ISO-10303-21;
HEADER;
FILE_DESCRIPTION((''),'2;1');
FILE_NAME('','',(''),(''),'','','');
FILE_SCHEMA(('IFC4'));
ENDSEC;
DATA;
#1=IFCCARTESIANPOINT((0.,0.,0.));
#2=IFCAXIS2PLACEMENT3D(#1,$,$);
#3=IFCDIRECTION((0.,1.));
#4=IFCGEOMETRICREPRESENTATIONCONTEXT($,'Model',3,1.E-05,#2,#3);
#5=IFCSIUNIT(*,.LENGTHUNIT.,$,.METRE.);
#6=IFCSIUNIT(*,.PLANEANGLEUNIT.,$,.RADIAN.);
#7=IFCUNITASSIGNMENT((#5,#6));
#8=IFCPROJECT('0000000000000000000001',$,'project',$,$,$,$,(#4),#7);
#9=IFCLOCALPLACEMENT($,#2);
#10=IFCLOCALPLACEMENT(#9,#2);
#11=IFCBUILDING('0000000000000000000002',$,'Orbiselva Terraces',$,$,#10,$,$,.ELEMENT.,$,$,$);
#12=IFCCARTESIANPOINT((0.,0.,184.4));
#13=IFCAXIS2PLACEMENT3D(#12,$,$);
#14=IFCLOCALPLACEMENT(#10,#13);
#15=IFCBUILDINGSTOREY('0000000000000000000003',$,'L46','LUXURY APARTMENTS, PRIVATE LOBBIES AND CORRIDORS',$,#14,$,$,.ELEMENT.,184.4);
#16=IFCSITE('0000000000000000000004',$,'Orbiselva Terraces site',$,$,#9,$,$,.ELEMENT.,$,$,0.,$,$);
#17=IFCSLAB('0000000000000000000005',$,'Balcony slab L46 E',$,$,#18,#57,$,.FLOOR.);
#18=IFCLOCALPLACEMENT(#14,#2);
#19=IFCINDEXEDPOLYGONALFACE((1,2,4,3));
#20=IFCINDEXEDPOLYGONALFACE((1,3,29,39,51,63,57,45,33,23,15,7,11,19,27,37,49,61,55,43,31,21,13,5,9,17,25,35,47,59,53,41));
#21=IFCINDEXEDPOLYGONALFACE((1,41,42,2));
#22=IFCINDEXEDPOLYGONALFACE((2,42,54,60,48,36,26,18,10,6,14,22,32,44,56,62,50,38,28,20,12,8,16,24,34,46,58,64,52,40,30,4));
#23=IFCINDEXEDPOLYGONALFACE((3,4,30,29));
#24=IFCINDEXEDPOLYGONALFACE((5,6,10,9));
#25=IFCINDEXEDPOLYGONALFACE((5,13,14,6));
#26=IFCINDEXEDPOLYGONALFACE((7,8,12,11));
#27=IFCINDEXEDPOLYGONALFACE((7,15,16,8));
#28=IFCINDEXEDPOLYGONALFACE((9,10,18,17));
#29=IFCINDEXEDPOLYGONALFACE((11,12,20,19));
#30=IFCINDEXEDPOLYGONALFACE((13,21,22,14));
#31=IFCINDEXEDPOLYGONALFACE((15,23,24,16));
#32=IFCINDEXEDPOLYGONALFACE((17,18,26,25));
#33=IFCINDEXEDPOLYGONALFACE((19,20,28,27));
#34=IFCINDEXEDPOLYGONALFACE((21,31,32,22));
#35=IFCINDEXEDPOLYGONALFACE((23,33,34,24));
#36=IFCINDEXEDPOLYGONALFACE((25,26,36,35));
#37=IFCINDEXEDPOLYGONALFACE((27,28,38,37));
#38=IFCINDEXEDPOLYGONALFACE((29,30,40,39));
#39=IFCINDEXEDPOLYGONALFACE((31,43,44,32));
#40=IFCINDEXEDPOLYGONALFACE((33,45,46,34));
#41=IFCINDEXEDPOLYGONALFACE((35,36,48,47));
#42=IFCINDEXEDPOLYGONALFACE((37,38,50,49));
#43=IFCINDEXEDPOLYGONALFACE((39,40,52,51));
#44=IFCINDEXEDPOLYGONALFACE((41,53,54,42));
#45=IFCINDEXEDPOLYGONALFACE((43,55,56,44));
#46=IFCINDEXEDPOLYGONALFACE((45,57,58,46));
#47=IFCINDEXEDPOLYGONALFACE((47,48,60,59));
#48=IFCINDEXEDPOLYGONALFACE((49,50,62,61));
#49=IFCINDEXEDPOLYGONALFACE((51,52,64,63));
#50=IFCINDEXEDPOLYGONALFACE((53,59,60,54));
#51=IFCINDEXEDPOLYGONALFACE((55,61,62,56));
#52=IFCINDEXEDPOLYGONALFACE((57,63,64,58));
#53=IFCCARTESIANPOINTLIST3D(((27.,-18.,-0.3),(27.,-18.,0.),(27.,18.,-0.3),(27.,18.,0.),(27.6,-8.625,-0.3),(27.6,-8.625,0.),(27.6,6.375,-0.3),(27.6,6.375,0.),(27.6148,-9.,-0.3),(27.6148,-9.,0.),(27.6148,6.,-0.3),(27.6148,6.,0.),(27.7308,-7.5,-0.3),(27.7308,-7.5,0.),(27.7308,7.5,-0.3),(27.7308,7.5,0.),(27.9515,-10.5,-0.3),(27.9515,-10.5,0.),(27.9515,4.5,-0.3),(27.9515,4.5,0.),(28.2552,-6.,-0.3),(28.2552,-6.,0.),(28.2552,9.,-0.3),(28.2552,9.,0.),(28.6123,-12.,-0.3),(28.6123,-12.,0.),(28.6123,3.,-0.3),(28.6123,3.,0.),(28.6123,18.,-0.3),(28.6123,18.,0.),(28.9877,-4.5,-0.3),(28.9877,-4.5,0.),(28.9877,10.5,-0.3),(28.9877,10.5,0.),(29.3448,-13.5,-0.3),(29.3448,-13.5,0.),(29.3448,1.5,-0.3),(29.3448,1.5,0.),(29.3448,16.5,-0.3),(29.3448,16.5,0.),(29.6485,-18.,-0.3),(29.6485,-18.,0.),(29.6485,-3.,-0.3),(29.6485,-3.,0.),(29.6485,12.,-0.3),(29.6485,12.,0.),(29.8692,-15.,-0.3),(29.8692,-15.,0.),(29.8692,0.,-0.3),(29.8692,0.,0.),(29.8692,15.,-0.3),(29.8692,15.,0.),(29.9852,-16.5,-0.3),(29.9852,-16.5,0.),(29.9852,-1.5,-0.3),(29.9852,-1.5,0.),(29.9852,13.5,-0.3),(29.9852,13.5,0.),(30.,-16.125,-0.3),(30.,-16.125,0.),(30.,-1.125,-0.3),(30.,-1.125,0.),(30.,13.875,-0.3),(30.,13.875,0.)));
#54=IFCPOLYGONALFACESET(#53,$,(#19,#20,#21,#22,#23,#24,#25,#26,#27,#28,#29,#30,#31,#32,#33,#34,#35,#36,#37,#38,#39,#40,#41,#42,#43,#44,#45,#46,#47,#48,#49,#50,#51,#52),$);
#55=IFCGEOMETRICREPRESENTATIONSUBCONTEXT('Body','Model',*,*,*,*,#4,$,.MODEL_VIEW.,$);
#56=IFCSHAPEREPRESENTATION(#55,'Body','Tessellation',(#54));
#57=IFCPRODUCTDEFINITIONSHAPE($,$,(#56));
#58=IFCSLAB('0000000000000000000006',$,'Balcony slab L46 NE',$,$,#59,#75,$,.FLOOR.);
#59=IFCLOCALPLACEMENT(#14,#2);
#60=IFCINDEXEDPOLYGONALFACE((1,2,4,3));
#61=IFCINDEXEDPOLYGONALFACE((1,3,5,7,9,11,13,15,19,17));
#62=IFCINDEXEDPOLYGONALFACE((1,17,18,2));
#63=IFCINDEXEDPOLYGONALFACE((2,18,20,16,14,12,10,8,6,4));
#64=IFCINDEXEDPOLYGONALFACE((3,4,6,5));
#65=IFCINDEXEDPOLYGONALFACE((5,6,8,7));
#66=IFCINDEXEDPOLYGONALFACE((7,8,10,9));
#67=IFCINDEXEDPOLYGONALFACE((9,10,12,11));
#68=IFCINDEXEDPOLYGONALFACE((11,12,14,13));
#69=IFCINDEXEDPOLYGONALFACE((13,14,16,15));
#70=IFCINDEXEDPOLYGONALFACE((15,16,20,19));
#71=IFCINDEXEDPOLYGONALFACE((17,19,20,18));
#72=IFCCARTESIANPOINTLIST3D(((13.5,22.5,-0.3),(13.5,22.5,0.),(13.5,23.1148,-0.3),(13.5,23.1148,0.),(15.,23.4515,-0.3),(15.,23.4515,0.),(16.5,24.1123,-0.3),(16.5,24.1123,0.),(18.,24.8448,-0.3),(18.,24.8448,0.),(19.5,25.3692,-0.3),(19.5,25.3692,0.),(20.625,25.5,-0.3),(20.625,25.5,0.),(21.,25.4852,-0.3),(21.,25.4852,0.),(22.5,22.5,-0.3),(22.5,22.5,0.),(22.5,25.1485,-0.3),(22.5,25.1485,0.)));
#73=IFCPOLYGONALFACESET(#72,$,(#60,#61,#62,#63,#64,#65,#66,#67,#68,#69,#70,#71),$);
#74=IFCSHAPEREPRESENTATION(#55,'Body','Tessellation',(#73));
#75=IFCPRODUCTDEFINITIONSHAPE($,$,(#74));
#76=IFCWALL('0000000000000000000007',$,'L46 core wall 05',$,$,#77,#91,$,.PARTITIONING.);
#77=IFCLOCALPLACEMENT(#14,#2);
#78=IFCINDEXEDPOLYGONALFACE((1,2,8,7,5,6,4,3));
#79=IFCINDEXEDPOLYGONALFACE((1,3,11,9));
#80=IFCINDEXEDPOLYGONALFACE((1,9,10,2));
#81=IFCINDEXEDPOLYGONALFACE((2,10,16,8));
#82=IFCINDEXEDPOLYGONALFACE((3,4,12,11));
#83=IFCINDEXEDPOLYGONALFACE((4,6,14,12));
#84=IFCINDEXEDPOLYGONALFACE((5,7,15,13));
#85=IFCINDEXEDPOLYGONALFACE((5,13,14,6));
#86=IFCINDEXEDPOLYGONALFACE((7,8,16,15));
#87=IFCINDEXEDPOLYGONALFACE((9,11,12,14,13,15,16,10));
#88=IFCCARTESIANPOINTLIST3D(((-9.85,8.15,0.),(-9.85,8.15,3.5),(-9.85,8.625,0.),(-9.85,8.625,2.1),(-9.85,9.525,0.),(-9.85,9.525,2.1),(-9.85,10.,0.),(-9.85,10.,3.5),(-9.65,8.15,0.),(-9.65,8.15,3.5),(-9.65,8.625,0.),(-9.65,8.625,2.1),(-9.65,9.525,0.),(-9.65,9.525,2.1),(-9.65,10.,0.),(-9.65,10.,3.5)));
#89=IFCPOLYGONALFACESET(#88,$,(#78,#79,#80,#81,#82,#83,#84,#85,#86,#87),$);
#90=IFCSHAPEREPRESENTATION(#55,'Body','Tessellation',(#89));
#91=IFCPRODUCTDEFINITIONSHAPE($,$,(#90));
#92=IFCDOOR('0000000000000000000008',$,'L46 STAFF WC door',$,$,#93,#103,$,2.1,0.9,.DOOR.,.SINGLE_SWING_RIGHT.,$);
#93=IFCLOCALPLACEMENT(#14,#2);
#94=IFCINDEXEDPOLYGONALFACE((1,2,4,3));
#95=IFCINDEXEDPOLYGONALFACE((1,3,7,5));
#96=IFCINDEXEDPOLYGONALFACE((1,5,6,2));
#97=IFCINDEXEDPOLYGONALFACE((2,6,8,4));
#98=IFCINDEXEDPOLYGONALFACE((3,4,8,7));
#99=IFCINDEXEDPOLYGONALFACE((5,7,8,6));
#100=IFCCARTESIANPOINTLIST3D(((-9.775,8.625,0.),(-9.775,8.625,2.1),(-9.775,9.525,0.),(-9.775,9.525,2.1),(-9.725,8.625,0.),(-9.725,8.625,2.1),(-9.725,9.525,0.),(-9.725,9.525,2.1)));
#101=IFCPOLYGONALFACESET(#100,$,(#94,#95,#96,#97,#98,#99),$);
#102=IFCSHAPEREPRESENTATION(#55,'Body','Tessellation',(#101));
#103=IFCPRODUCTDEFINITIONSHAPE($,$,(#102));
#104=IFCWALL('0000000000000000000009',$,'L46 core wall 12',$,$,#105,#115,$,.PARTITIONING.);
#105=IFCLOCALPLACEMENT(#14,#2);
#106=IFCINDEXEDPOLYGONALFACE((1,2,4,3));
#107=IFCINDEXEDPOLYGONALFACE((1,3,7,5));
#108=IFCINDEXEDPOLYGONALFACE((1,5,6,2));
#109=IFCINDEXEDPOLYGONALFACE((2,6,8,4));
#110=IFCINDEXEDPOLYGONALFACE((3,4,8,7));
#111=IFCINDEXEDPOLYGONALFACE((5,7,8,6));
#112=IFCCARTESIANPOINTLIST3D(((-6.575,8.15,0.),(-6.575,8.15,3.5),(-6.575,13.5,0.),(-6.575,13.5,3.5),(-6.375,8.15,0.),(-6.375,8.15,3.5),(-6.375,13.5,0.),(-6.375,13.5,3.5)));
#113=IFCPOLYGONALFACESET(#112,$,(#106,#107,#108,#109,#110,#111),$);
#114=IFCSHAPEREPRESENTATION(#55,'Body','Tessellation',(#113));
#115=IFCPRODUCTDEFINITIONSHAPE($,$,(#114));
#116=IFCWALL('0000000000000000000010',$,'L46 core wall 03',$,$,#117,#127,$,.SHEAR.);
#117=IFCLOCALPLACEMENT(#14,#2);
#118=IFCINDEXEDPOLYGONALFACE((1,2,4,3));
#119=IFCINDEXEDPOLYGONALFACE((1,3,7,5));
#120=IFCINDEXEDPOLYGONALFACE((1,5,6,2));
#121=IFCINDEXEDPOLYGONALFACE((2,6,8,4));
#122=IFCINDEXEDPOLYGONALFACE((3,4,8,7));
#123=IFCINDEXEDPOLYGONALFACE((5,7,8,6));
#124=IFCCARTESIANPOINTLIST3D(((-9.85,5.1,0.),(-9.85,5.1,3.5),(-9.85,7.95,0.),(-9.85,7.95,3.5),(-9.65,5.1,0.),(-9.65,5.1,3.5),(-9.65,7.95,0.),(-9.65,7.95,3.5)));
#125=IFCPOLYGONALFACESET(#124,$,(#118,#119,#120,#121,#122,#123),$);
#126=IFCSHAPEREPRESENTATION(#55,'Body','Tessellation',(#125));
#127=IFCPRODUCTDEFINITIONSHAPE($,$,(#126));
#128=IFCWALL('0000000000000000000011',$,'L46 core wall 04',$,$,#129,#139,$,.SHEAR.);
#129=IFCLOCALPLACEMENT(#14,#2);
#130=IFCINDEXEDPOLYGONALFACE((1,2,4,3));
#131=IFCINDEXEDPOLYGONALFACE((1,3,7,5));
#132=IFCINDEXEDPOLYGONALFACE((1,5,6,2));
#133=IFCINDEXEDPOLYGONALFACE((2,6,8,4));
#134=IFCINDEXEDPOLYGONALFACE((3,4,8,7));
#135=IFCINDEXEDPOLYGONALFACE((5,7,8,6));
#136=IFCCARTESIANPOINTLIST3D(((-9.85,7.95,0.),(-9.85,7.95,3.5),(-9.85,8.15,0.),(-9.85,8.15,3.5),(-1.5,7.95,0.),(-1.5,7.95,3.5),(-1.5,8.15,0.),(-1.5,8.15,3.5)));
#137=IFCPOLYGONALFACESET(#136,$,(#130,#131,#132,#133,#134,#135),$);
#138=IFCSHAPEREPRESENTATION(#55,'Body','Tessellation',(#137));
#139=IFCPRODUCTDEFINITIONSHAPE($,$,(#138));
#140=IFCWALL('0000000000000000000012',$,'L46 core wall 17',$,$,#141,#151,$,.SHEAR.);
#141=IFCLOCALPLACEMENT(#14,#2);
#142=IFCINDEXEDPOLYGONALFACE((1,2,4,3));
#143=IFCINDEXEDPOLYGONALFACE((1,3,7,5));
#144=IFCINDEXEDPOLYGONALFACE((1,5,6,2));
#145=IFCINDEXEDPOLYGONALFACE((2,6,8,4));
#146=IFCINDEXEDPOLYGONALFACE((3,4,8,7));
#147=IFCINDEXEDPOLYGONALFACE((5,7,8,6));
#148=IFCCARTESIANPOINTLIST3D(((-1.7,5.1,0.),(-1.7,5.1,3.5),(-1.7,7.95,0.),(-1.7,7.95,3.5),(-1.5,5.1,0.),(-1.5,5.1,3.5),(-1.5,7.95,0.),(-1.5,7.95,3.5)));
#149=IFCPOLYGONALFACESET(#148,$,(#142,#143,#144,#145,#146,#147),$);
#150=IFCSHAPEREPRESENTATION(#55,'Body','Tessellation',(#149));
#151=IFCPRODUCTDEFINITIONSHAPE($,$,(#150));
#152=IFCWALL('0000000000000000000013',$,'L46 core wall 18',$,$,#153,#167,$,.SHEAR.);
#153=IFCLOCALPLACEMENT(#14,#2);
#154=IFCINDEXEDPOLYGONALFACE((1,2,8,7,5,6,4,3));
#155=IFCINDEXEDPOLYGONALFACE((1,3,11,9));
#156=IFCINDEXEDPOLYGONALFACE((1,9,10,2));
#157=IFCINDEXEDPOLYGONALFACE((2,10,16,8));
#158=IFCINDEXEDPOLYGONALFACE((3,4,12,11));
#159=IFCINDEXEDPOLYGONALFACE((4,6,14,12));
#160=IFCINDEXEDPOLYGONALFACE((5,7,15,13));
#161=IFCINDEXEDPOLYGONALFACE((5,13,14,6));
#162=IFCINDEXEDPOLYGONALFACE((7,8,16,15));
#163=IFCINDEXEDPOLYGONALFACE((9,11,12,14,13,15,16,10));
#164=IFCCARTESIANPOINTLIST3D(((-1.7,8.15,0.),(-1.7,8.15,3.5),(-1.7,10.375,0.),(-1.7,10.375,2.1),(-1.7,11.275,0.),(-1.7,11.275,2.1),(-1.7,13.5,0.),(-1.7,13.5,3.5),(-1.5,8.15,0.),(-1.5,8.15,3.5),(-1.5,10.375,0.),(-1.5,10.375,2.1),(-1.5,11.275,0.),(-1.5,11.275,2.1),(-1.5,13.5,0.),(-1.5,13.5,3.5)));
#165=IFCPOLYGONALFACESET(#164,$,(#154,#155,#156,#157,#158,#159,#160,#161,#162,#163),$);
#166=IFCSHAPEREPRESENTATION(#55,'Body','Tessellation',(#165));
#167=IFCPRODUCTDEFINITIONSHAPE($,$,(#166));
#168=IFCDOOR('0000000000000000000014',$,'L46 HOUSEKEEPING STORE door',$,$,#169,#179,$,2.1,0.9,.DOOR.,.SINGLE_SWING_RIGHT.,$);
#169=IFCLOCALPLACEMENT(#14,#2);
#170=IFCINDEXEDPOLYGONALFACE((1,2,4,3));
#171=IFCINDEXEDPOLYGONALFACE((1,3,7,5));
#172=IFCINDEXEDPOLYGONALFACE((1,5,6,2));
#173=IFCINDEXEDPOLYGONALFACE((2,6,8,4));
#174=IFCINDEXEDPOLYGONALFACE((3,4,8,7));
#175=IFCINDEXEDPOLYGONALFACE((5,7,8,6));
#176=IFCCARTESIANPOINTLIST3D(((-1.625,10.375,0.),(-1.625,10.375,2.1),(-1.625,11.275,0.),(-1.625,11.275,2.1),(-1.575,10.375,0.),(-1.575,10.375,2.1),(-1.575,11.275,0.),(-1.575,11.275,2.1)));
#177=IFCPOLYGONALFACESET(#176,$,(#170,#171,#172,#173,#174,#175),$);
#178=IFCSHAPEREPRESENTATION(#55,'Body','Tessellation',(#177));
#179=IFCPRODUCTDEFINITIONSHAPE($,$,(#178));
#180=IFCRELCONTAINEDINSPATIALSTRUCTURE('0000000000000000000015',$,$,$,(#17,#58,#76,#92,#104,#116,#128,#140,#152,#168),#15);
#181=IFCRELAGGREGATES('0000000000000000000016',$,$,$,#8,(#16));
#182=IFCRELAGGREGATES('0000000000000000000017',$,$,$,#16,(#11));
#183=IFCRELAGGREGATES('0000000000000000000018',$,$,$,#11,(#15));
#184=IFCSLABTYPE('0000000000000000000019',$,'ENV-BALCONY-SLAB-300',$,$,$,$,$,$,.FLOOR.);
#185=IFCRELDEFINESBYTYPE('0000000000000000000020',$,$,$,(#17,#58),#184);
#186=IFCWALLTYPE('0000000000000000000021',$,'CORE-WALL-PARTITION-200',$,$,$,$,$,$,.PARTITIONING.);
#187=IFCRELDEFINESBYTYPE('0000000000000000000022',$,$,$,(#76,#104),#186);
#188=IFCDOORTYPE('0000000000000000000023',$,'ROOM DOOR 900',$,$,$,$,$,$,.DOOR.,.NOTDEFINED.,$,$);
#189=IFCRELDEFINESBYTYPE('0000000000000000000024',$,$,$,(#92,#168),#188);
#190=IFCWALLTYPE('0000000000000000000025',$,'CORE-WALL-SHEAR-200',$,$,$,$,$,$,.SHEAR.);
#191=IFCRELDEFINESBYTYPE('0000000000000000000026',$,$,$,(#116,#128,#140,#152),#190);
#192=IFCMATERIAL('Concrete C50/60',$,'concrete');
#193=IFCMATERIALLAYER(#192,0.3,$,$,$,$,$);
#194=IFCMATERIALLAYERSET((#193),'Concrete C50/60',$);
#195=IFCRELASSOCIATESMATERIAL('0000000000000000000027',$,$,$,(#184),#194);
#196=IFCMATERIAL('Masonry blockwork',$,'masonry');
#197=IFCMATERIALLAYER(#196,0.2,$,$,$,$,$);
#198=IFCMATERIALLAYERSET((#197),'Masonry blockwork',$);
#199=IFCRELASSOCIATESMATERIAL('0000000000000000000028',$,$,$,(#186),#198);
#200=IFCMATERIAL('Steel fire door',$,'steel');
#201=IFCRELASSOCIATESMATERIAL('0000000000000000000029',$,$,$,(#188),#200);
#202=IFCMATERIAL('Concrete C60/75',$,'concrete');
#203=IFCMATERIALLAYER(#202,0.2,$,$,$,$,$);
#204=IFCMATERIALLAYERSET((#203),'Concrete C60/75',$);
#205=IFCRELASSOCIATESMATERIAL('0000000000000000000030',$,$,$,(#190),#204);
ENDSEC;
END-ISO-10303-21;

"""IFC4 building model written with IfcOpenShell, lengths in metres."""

from ifc_helpers import new_model, si_unit, direction, frame, frame_2d, origin, place, context, subcontext, project, spatial, polyline, rectangle, outline, extrude, material, layer, layer_set, type_object, element, fill, save


model = new_model("IFC4")

# Units and contexts
model_context = context("Model", 3, precision=1e-05, world=origin(), true_north=direction((0.0, 1.0)))
body_context = subcontext(model_context, "Body", "Model", "MODEL_VIEW")
ifc_project = project(units=[si_unit("LENGTHUNIT", "METRE"), si_unit("PLANEANGLEUNIT", "RADIAN")], contexts=[model_context])

# Site, building, storey
site_placement = place(None, origin())
site = spatial("IfcSite", under=ifc_project, at=site_placement, Name="Orbiselva Terraces site", CompositionType="ELEMENT", RefElevation=0.0)
building_placement = place(site_placement, origin())
building = spatial("IfcBuilding", under=site, at=building_placement, Name="Orbiselva Terraces", CompositionType="ELEMENT")
storey_placement = place(building_placement, frame((0.0, 0.0, 184.4)))
storey = spatial("IfcBuildingStorey", under=building, at=storey_placement, Name="L46", Description="LUXURY APARTMENTS, PRIVATE LOBBIES AND CORRIDORS", CompositionType="ELEMENT", Elevation=184.4)

# Slabs
ifc_material_1 = material(Name="Concrete C50/60", Category="concrete")
ifc_layer_1 = layer(ifc_material_1, 0.3)
ifc_layer_set_1 = layer_set([ifc_layer_1], Name="Concrete C50/60")
slab_type = type_object("IfcSlabType", Name="ENV-BALCONY-SLAB-300", PredefinedType="FLOOR", material=ifc_layer_set_1)
slab_1_placement = place(storey_placement, frame((0.0, 0.0, -0.3)))
element("IfcSlab", 1, at=slab_1_placement, inside=storey, type_object=slab_type, Name="Balcony slab L46 E", PredefinedType="FLOOR", context=body_context, shape_type="SweptSolid", body=[
    extrude(outline(polyline([(29.6485, -18.0), (29.9852, -16.5), (30.0, -16.125), (29.8692, -15.0), (29.3448, -13.5), (28.6123, -12.0), (27.9515, -10.5), (27.6148, -9.0), (27.6, -8.625), (27.7308, -7.5), (28.2552, -6.0), (28.9877, -4.5), (29.6485, -3.0), (29.9852, -1.5), (30.0, -1.125), (29.8692, 0.0), (29.3448, 1.5), (28.6123, 3.0), (27.9515, 4.5), (27.6148, 6.0), (27.6, 6.375), (27.7308, 7.5), (28.2552, 9.0), (28.9877, 10.5), (29.6485, 12.0), (29.9852, 13.5), (30.0, 13.875), (29.8692, 15.0), (29.3448, 16.5), (28.6123, 18.0), (27.0, 18.0), (27.0, -18.0), (29.6485, -18.0)])), origin(), (0.0, 0.0, 1.0), 0.3),
])
slab_2_placement = place(storey_placement, frame((0.0, 0.0, -0.3)))
element("IfcSlab", 2, at=slab_2_placement, inside=storey, type_object=slab_type, Name="Balcony slab L46 NE", PredefinedType="FLOOR", context=body_context, shape_type="SweptSolid", body=[
    extrude(outline(polyline([(22.5, 25.1485), (21.0, 25.4852), (20.625, 25.5), (19.5, 25.3692), (18.0, 24.8448), (16.5, 24.1123), (15.0, 23.4515), (13.5, 23.1148), (13.5, 22.5), (22.5, 22.5), (22.5, 25.1485)])), origin(), (0.0, 0.0, 1.0), 0.3),
])

# Wall, opening, door
ifc_material_2 = material(Name="Masonry blockwork", Category="masonry")
ifc_layer_2 = layer(ifc_material_2, 0.2)
ifc_layer_set_2 = layer_set([ifc_layer_2], Name="Masonry blockwork")
wall_type_1 = type_object("IfcWallType", Name="CORE-WALL-PARTITION-200", PredefinedType="PARTITIONING", material=ifc_layer_set_2)
wall_1_placement = place(storey_placement, frame((-9.75, 8.15, 0.0), z_axis=(0.0, 0.0, 1.0), x_axis=(0.0, 1.0, 0.0)))
wall_1 = element("IfcWall", 3, at=wall_1_placement, inside=storey, type_object=wall_type_1, Name="L46 core wall 05", PredefinedType="PARTITIONING", context=body_context, shape_type="SweptSolid", body=[
    extrude(rectangle(XDim=1.85, YDim=0.2, at=frame_2d((0.925, 0.0))), origin(), (0.0, 0.0, 1.0), 3.5),
])
opening_1_placement = place(wall_1_placement, frame((0.475, 0.0, 0.0)))
opening_1 = element("IfcOpeningElement", 4, at=opening_1_placement, cuts=wall_1, PredefinedType="OPENING", context=body_context, shape_type="SweptSolid", body=[
    extrude(rectangle(XDim=0.9, YDim=2.1, at=frame_2d((0.45, 1.05))), frame((0.0, 0.11, 0.0), z_axis=(0.0, -1.0, 0.0), x_axis=(1.0, 0.0, 0.0)), (0.0, 0.0, 1.0), 0.22),
])
ifc_material_3 = material(Name="Steel fire door", Category="steel")
door_type = type_object("IfcDoorType", Name="ROOM DOOR 900", OperationType="NOTDEFINED", PredefinedType="DOOR", material=ifc_material_3)
door_1_placement = place(opening_1_placement, origin())
door_1 = element("IfcDoor", 5, at=door_1_placement, inside=storey, type_object=door_type, Name="L46 STAFF WC door", OperationType="SINGLE_SWING_RIGHT", OverallHeight=2.1, OverallWidth=0.9, PredefinedType="DOOR", context=body_context, shape_type="SweptSolid", body=[
    extrude(rectangle(XDim=0.9, YDim=2.1, at=frame_2d((0.45, 1.05))), frame((0.0, 0.025, 0.0), z_axis=(0.0, -1.0, 0.0), x_axis=(1.0, 0.0, 0.0)), (0.0, 0.0, 1.0), 0.05),
])
fill(opening_1, door_1)

# Walls
wall_2_placement = place(storey_placement, frame((-6.475, 8.15, 0.0), z_axis=(0.0, 0.0, 1.0), x_axis=(0.0, 1.0, 0.0)))
element("IfcWall", 6, at=wall_2_placement, inside=storey, type_object=wall_type_1, Name="L46 core wall 12", PredefinedType="PARTITIONING", context=body_context, shape_type="SweptSolid", body=[
    extrude(rectangle(XDim=5.35, YDim=0.2, at=frame_2d((2.675, 0.0))), origin(), (0.0, 0.0, 1.0), 3.5),
])
ifc_material_4 = material(Name="Concrete C60/75", Category="concrete")
ifc_layer_3 = layer(ifc_material_4, 0.2)
ifc_layer_set_3 = layer_set([ifc_layer_3], Name="Concrete C60/75")
wall_type_2 = type_object("IfcWallType", Name="CORE-WALL-SHEAR-200", PredefinedType="SHEAR", material=ifc_layer_set_3)
wall_3_placement = place(storey_placement, frame((-9.75, 5.1, 0.0), z_axis=(0.0, 0.0, 1.0), x_axis=(0.0, 1.0, 0.0)))
element("IfcWall", 7, at=wall_3_placement, inside=storey, type_object=wall_type_2, Name="L46 core wall 03", PredefinedType="SHEAR", context=body_context, shape_type="SweptSolid", body=[
    extrude(rectangle(XDim=2.85, YDim=0.2, at=frame_2d((1.425, 0.0))), origin(), (0.0, 0.0, 1.0), 3.5),
])
wall_4_placement = place(storey_placement, frame((-9.85, 8.05, 0.0), z_axis=(0.0, 0.0, 1.0), x_axis=(1.0, 0.0, 0.0)))
element("IfcWall", 8, at=wall_4_placement, inside=storey, type_object=wall_type_2, Name="L46 core wall 04", PredefinedType="SHEAR", context=body_context, shape_type="SweptSolid", body=[
    extrude(rectangle(XDim=8.35, YDim=0.2, at=frame_2d((4.175, 0.0))), origin(), (0.0, 0.0, 1.0), 3.5),
])
wall_5_placement = place(storey_placement, frame((-1.6, 5.1, 0.0), z_axis=(0.0, 0.0, 1.0), x_axis=(0.0, 1.0, 0.0)))
element("IfcWall", 9, at=wall_5_placement, inside=storey, type_object=wall_type_2, Name="L46 core wall 17", PredefinedType="SHEAR", context=body_context, shape_type="SweptSolid", body=[
    extrude(rectangle(XDim=2.85, YDim=0.2, at=frame_2d((1.425, 0.0))), origin(), (0.0, 0.0, 1.0), 3.5),
])

# Wall, opening, door
wall_6_placement = place(storey_placement, frame((-1.6, 8.15, 0.0), z_axis=(0.0, 0.0, 1.0), x_axis=(0.0, 1.0, 0.0)))
wall_6 = element("IfcWall", 10, at=wall_6_placement, inside=storey, type_object=wall_type_2, Name="L46 core wall 18", PredefinedType="SHEAR", context=body_context, shape_type="SweptSolid", body=[
    extrude(rectangle(XDim=5.35, YDim=0.2, at=frame_2d((2.675, 0.0))), origin(), (0.0, 0.0, 1.0), 3.5),
])
opening_2_placement = place(wall_6_placement, frame((2.225, 0.0, 0.0)))
opening_2 = element("IfcOpeningElement", 11, at=opening_2_placement, cuts=wall_6, PredefinedType="OPENING", context=body_context, shape_type="SweptSolid", body=[
    extrude(rectangle(XDim=0.9, YDim=2.1, at=frame_2d((0.45, 1.05))), frame((0.0, 0.11, 0.0), z_axis=(0.0, -1.0, 0.0), x_axis=(1.0, 0.0, 0.0)), (0.0, 0.0, 1.0), 0.22),
])
door_2_placement = place(opening_2_placement, origin())
door_2 = element("IfcDoor", 12, at=door_2_placement, inside=storey, type_object=door_type, Name="L46 HOUSEKEEPING STORE door", OperationType="SINGLE_SWING_RIGHT", OverallHeight=2.1, OverallWidth=0.9, PredefinedType="DOOR", context=body_context, shape_type="SweptSolid", body=[
    extrude(rectangle(XDim=0.9, YDim=2.1, at=frame_2d((0.45, 1.05))), frame((0.0, 0.025, 0.0), z_axis=(0.0, -1.0, 0.0), x_axis=(1.0, 0.0, 0.0)), (0.0, 0.0, 1.0), 0.05),
])
fill(opening_2, door_2)

save(model, "model.ifc")
